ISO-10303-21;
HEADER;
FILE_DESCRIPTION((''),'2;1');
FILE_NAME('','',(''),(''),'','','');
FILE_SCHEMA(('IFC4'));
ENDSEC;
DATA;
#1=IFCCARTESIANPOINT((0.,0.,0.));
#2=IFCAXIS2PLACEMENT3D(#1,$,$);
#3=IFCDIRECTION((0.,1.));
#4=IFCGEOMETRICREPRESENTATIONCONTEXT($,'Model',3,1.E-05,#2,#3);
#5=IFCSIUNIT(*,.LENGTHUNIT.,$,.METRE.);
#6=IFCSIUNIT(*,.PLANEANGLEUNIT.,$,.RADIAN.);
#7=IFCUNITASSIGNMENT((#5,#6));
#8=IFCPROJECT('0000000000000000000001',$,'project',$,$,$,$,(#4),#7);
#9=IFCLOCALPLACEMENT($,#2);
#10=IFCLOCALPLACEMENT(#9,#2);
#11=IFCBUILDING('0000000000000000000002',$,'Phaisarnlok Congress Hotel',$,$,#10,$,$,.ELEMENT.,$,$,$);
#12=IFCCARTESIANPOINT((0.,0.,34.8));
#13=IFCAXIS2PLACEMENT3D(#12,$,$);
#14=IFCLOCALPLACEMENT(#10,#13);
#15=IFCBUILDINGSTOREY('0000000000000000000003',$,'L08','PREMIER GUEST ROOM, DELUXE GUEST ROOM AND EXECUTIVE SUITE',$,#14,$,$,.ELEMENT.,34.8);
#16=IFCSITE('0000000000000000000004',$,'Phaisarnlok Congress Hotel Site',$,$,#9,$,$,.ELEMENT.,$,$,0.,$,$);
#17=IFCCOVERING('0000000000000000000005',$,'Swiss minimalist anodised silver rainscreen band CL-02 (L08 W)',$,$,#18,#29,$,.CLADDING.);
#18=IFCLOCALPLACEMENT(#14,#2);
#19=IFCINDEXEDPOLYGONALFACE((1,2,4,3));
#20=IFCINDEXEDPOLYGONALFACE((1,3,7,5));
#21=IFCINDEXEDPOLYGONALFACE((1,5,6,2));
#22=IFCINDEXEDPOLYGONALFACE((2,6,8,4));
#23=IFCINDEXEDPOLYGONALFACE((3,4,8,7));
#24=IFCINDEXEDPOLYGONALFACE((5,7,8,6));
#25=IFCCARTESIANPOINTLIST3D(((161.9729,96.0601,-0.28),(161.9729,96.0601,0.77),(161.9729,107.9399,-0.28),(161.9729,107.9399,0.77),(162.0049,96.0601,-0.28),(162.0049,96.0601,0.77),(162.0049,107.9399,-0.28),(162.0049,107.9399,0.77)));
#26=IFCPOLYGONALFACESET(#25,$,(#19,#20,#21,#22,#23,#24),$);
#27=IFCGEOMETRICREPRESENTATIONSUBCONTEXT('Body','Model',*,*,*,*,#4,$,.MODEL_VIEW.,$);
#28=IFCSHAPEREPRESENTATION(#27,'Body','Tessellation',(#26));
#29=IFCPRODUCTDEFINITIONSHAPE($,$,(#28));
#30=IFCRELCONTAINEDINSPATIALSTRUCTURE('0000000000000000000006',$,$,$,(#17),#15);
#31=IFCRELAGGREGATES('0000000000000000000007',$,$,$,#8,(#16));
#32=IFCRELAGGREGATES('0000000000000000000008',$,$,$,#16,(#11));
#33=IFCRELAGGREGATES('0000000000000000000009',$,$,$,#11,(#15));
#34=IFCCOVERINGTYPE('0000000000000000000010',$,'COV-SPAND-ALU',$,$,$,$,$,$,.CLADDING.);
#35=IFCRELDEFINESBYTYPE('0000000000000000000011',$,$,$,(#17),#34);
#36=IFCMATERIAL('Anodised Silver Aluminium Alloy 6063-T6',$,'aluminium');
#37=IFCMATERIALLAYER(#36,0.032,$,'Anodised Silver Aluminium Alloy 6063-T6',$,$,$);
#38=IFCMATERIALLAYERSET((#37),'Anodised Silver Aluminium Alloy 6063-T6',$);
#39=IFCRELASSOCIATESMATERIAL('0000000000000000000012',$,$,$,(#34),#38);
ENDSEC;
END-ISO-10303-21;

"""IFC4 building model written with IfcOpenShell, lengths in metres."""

from ifc_helpers import new_model, si_unit, direction, frame, origin, place, context, subcontext, project, spatial, polyline, outline, extrude, material, layer, layer_set, type_object, element, save


model = new_model("IFC4")

# Units and contexts
model_context = context("Model", 3, precision=1e-05, world=origin(), true_north=direction((0.0, 1.0)))
body_context = subcontext(model_context, "Body", "Model", "MODEL_VIEW")
ifc_project = project(units=[si_unit("LENGTHUNIT", "METRE"), si_unit("PLANEANGLEUNIT", "RADIAN")], contexts=[model_context])

# Site, building, storey
site_placement = place(None, origin())
site = spatial("IfcSite", under=ifc_project, at=site_placement, Name="Phaisarnlok Congress Hotel Site", CompositionType="ELEMENT", RefElevation=0.0)
building_placement = place(site_placement, origin())
building = spatial("IfcBuilding", under=site, at=building_placement, Name="Phaisarnlok Congress Hotel", CompositionType="ELEMENT")
storey_placement = place(building_placement, frame((0.0, 0.0, 34.8)))
storey = spatial("IfcBuildingStorey", under=building, at=storey_placement, Name="L08", Description="PREMIER GUEST ROOM, DELUXE GUEST ROOM AND EXECUTIVE SUITE", CompositionType="ELEMENT", Elevation=34.8)

# Covering
ifc_material_1 = material(Name="Anodised Silver Aluminium Alloy 6063-T6", Category="aluminium")
ifc_layer_1 = layer(ifc_material_1, 0.032, Name="Anodised Silver Aluminium Alloy 6063-T6")
ifc_layer_set_1 = layer_set([ifc_layer_1], Name="Anodised Silver Aluminium Alloy 6063-T6")
covering_type = type_object("IfcCoveringType", Name="COV-SPAND-ALU", PredefinedType="CLADDING", material=ifc_layer_set_1)
covering_1_placement = place(storey_placement, frame((162.0049, 107.9399, -0.28), z_axis=(-1.0, 0.0, 0.0), x_axis=(0.0, -1.0, 0.0)))
element("IfcCovering", 1, at=covering_1_placement, inside=storey, type_object=covering_type, Name="Swiss minimalist anodised silver rainscreen band CL-02 (L08 W)", PredefinedType="CLADDING", context=body_context, shape_type="SweptSolid", body=[
    extrude(outline(polyline([(0.0, 0.0), (11.8799, 0.0), (11.8799, 1.05), (0.0, 1.05), (0.0, 0.0)])), origin(), (0.0, 0.0, 1.0), 0.032),
])

save(model, "model.ifc")
